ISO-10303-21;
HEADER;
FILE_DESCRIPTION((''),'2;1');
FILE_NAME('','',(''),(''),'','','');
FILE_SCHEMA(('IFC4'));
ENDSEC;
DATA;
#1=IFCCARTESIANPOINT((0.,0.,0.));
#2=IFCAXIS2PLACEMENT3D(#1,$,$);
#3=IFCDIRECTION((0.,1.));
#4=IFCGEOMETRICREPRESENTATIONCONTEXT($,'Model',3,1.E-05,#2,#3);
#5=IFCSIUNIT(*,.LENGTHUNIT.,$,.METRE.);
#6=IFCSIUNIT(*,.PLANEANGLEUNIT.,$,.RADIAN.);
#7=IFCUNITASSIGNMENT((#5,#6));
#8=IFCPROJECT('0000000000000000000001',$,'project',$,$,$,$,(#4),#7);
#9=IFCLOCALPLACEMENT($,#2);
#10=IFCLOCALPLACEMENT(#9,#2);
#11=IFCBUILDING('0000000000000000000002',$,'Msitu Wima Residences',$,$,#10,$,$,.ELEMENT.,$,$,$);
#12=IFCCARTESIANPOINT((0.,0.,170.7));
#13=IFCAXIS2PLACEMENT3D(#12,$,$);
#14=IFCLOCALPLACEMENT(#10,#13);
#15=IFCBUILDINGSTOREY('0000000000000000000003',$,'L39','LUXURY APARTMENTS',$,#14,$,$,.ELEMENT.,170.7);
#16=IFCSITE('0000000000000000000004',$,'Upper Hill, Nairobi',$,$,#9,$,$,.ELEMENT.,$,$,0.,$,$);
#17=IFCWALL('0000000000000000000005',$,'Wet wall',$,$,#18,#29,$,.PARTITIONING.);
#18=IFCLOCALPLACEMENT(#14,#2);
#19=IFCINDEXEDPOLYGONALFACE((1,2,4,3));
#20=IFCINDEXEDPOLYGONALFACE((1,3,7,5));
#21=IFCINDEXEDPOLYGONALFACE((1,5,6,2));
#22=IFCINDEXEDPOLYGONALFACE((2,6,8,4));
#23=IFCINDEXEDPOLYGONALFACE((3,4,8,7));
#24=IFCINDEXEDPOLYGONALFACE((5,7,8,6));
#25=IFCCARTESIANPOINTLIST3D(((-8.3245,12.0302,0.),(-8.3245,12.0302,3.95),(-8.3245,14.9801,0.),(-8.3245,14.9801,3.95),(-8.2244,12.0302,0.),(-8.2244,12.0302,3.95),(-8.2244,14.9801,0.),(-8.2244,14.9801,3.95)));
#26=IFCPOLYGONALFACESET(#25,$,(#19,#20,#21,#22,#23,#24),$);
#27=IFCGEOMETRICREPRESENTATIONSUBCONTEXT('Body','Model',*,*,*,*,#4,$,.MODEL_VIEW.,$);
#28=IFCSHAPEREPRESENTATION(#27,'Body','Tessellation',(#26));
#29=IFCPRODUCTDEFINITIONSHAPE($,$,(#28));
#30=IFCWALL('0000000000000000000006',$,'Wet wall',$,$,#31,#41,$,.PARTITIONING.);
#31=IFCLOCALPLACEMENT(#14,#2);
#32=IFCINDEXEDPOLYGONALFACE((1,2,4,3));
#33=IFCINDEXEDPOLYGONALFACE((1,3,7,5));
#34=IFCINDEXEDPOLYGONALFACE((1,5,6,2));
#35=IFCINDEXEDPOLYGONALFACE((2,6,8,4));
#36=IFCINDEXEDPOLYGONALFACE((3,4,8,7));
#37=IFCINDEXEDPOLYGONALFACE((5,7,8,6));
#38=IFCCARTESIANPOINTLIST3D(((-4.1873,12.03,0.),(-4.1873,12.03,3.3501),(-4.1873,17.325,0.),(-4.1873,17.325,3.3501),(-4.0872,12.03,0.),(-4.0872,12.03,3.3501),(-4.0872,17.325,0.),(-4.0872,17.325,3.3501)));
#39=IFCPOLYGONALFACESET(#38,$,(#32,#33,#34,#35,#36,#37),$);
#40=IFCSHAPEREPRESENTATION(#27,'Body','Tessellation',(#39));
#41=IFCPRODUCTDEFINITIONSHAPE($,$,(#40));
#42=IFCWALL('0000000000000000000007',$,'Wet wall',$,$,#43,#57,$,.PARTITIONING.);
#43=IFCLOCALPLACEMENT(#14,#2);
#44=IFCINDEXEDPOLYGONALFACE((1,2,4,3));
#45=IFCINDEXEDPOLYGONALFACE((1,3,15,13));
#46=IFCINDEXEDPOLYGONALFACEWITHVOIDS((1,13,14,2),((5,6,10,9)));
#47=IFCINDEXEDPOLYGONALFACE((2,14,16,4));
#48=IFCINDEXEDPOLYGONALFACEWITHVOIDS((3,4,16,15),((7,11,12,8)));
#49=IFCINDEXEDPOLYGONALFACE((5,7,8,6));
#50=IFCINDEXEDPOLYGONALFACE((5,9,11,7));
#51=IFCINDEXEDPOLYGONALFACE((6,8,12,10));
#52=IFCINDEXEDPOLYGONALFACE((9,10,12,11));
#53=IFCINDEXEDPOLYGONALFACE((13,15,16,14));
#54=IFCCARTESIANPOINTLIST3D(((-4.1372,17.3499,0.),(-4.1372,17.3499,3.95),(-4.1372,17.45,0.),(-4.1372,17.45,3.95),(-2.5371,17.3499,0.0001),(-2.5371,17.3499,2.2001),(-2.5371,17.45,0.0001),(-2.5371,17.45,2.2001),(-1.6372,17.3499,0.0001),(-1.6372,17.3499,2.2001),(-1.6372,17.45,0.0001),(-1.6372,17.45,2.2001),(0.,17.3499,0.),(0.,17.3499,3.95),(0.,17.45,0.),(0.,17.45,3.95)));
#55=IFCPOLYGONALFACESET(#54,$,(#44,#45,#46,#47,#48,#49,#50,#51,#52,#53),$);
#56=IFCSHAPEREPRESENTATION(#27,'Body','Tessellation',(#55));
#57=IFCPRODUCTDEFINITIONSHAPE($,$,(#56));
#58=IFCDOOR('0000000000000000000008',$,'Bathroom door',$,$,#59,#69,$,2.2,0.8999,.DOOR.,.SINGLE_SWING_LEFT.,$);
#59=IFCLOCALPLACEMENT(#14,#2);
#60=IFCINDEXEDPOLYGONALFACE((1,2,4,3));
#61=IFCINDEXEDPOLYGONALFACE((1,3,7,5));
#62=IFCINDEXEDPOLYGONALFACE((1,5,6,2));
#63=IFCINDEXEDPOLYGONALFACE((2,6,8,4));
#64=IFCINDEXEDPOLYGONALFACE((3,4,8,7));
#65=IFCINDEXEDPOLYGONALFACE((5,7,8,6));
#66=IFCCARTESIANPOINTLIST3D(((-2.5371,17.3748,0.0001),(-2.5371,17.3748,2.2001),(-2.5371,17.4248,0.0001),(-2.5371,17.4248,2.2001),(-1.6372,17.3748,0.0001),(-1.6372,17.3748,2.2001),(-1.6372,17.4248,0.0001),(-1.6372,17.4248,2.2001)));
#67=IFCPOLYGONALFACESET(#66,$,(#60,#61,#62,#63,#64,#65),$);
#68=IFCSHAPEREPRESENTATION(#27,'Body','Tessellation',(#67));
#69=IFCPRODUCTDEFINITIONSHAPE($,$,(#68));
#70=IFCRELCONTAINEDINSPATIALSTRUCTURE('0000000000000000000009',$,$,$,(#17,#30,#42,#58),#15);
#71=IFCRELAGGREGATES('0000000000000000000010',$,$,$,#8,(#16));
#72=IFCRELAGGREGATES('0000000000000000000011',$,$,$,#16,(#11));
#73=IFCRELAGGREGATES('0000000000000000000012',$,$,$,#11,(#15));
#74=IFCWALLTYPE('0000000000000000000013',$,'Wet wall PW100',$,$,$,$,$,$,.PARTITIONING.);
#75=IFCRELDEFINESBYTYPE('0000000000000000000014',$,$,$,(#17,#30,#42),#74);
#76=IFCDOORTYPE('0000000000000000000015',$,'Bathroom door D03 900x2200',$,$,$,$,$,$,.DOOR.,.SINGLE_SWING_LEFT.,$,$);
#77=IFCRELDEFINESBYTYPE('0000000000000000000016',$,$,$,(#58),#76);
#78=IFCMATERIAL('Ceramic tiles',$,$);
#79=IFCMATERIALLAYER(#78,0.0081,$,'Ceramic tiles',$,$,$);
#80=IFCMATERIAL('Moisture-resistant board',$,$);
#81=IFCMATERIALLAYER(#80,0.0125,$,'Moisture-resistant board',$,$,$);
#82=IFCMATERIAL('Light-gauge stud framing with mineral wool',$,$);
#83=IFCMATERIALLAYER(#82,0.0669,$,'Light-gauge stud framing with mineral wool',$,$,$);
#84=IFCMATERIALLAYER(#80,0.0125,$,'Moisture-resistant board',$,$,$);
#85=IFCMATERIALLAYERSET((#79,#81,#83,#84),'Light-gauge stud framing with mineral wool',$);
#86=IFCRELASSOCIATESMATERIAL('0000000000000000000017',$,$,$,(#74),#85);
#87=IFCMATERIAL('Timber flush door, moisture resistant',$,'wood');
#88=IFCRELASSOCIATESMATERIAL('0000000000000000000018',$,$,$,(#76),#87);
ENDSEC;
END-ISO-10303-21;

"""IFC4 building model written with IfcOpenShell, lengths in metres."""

from ifc_helpers import new_model, si_unit, direction, frame, frame_2d, origin, place, context, subcontext, project, spatial, rectangle, extrude, material, layer, layer_set, type_object, element, fill, save


model = new_model("IFC4")

# Units and contexts
model_context = context("Model", 3, precision=1e-05, world=origin(), true_north=direction((0.0, 1.0)))
body_context = subcontext(model_context, "Body", "Model", "MODEL_VIEW")
ifc_project = project(units=[si_unit("LENGTHUNIT", "METRE"), si_unit("PLANEANGLEUNIT", "RADIAN")], contexts=[model_context])

# Site, building, storey
site_placement = place(None, origin())
site = spatial("IfcSite", under=ifc_project, at=site_placement, Name="Upper Hill, Nairobi", CompositionType="ELEMENT", RefElevation=0.0)
building_placement = place(site_placement, origin())
building = spatial("IfcBuilding", under=site, at=building_placement, Name="Msitu Wima Residences", CompositionType="ELEMENT")
storey_placement = place(building_placement, frame((0.0, 0.0, 170.7)))
storey = spatial("IfcBuildingStorey", under=building, at=storey_placement, Name="L39", Description="LUXURY APARTMENTS", CompositionType="ELEMENT", Elevation=170.7)

# Shared definitions
ifc_material_1 = material(Name="Ceramic tiles")
ifc_layer_1 = layer(ifc_material_1, 0.0081, Name="Ceramic tiles")
ifc_material_2 = material(Name="Moisture-resistant board")
ifc_layer_2 = layer(ifc_material_2, 0.0125, Name="Moisture-resistant board")
ifc_material_3 = material(Name="Light-gauge stud framing with mineral wool")
ifc_layer_3 = layer(ifc_material_3, 0.0669, Name="Light-gauge stud framing with mineral wool")
ifc_layer_4 = layer(ifc_material_2, 0.0125, Name="Moisture-resistant board")
ifc_layer_set_1 = layer_set([ifc_layer_1, ifc_layer_2, ifc_layer_3, ifc_layer_4], Name="Light-gauge stud framing with mineral wool")
wall_type_1 = type_object("IfcWallType", Name="Wet wall PW100", PredefinedType="PARTITIONING", material=ifc_layer_set_1)

# Walls
wall_1_placement = place(storey_placement, frame((-8.2744, 12.03, 0.0), z_axis=(0.0, 0.0, 1.0), x_axis=(0.0, 1.0, 0.0)))
element("IfcWall", 1, at=wall_1_placement, inside=storey, type_object=wall_type_1, Name="Wet wall", PredefinedType="PARTITIONING", context=body_context, shape_type="SweptSolid", body=[
    extrude(rectangle(XDim=2.95, YDim=0.1001, at=frame_2d((1.4751, 0.0))), origin(), (0.0, 0.0, 1.0), 3.95),
])
wall_2_placement = place(storey_placement, frame((-4.1372, 12.03, 0.0), z_axis=(0.0, 0.0, 1.0), x_axis=(0.0, 1.0, 0.0)))
element("IfcWall", 2, at=wall_2_placement, inside=storey, type_object=wall_type_1, Name="Wet wall", PredefinedType="PARTITIONING", context=body_context, shape_type="SweptSolid", body=[
    extrude(rectangle(XDim=5.2949, YDim=0.1001, at=frame_2d((2.6475, 0.0))), origin(), (0.0, 0.0, 1.0), 3.3501),
])

# Wall, opening, door
wall_3_placement = place(storey_placement, frame((-4.1372, 17.3999, 0.0), z_axis=(0.0, 0.0, 1.0), x_axis=(1.0, 0.0, 0.0)))
wall_3 = element("IfcWall", 3, at=wall_3_placement, inside=storey, type_object=wall_type_1, Name="Wet wall", PredefinedType="PARTITIONING", context=body_context, shape_type="SweptSolid", body=[
    extrude(rectangle(XDim=4.1372, YDim=0.1001, at=frame_2d((2.0686, 0.0))), origin(), (0.0, 0.0, 1.0), 3.95),
])
opening_1_placement = place(wall_3_placement, frame((1.6001, 0.0, 0.0)))
opening_1 = element("IfcOpeningElement", 4, at=opening_1_placement, cuts=wall_3, PredefinedType="OPENING", context=body_context, shape_type="SweptSolid", body=[
    extrude(rectangle(XDim=0.8999, YDim=2.2, at=frame_2d((0.45, 1.1001))), frame((0.0, 0.0601, 0.0), z_axis=(0.0, -1.0, 0.0), x_axis=(1.0, 0.0, 0.0)), (0.0, 0.0, 1.0), 0.1201),
])
ifc_material_4 = material(Name="Timber flush door, moisture resistant", Category="wood")
door_type_1 = type_object("IfcDoorType", Name="Bathroom door D03 900x2200", OperationType="SINGLE_SWING_LEFT", PredefinedType="DOOR", material=ifc_material_4)
door_1_placement = place(opening_1_placement, origin())
door_1 = element("IfcDoor", 5, at=door_1_placement, inside=storey, type_object=door_type_1, Name="Bathroom door", OperationType="SINGLE_SWING_LEFT", OverallHeight=2.2, OverallWidth=0.8999, PredefinedType="DOOR", context=body_context, shape_type="SweptSolid", body=[
    extrude(rectangle(XDim=0.8999, YDim=2.2, at=frame_2d((0.45, 1.1001))), frame((0.0, 0.0249, 0.0), z_axis=(0.0, -1.0, 0.0), x_axis=(1.0, 0.0, 0.0)), (0.0, 0.0, 1.0), 0.05),
])
fill(opening_1, door_1)

save(model, "model.ifc")
